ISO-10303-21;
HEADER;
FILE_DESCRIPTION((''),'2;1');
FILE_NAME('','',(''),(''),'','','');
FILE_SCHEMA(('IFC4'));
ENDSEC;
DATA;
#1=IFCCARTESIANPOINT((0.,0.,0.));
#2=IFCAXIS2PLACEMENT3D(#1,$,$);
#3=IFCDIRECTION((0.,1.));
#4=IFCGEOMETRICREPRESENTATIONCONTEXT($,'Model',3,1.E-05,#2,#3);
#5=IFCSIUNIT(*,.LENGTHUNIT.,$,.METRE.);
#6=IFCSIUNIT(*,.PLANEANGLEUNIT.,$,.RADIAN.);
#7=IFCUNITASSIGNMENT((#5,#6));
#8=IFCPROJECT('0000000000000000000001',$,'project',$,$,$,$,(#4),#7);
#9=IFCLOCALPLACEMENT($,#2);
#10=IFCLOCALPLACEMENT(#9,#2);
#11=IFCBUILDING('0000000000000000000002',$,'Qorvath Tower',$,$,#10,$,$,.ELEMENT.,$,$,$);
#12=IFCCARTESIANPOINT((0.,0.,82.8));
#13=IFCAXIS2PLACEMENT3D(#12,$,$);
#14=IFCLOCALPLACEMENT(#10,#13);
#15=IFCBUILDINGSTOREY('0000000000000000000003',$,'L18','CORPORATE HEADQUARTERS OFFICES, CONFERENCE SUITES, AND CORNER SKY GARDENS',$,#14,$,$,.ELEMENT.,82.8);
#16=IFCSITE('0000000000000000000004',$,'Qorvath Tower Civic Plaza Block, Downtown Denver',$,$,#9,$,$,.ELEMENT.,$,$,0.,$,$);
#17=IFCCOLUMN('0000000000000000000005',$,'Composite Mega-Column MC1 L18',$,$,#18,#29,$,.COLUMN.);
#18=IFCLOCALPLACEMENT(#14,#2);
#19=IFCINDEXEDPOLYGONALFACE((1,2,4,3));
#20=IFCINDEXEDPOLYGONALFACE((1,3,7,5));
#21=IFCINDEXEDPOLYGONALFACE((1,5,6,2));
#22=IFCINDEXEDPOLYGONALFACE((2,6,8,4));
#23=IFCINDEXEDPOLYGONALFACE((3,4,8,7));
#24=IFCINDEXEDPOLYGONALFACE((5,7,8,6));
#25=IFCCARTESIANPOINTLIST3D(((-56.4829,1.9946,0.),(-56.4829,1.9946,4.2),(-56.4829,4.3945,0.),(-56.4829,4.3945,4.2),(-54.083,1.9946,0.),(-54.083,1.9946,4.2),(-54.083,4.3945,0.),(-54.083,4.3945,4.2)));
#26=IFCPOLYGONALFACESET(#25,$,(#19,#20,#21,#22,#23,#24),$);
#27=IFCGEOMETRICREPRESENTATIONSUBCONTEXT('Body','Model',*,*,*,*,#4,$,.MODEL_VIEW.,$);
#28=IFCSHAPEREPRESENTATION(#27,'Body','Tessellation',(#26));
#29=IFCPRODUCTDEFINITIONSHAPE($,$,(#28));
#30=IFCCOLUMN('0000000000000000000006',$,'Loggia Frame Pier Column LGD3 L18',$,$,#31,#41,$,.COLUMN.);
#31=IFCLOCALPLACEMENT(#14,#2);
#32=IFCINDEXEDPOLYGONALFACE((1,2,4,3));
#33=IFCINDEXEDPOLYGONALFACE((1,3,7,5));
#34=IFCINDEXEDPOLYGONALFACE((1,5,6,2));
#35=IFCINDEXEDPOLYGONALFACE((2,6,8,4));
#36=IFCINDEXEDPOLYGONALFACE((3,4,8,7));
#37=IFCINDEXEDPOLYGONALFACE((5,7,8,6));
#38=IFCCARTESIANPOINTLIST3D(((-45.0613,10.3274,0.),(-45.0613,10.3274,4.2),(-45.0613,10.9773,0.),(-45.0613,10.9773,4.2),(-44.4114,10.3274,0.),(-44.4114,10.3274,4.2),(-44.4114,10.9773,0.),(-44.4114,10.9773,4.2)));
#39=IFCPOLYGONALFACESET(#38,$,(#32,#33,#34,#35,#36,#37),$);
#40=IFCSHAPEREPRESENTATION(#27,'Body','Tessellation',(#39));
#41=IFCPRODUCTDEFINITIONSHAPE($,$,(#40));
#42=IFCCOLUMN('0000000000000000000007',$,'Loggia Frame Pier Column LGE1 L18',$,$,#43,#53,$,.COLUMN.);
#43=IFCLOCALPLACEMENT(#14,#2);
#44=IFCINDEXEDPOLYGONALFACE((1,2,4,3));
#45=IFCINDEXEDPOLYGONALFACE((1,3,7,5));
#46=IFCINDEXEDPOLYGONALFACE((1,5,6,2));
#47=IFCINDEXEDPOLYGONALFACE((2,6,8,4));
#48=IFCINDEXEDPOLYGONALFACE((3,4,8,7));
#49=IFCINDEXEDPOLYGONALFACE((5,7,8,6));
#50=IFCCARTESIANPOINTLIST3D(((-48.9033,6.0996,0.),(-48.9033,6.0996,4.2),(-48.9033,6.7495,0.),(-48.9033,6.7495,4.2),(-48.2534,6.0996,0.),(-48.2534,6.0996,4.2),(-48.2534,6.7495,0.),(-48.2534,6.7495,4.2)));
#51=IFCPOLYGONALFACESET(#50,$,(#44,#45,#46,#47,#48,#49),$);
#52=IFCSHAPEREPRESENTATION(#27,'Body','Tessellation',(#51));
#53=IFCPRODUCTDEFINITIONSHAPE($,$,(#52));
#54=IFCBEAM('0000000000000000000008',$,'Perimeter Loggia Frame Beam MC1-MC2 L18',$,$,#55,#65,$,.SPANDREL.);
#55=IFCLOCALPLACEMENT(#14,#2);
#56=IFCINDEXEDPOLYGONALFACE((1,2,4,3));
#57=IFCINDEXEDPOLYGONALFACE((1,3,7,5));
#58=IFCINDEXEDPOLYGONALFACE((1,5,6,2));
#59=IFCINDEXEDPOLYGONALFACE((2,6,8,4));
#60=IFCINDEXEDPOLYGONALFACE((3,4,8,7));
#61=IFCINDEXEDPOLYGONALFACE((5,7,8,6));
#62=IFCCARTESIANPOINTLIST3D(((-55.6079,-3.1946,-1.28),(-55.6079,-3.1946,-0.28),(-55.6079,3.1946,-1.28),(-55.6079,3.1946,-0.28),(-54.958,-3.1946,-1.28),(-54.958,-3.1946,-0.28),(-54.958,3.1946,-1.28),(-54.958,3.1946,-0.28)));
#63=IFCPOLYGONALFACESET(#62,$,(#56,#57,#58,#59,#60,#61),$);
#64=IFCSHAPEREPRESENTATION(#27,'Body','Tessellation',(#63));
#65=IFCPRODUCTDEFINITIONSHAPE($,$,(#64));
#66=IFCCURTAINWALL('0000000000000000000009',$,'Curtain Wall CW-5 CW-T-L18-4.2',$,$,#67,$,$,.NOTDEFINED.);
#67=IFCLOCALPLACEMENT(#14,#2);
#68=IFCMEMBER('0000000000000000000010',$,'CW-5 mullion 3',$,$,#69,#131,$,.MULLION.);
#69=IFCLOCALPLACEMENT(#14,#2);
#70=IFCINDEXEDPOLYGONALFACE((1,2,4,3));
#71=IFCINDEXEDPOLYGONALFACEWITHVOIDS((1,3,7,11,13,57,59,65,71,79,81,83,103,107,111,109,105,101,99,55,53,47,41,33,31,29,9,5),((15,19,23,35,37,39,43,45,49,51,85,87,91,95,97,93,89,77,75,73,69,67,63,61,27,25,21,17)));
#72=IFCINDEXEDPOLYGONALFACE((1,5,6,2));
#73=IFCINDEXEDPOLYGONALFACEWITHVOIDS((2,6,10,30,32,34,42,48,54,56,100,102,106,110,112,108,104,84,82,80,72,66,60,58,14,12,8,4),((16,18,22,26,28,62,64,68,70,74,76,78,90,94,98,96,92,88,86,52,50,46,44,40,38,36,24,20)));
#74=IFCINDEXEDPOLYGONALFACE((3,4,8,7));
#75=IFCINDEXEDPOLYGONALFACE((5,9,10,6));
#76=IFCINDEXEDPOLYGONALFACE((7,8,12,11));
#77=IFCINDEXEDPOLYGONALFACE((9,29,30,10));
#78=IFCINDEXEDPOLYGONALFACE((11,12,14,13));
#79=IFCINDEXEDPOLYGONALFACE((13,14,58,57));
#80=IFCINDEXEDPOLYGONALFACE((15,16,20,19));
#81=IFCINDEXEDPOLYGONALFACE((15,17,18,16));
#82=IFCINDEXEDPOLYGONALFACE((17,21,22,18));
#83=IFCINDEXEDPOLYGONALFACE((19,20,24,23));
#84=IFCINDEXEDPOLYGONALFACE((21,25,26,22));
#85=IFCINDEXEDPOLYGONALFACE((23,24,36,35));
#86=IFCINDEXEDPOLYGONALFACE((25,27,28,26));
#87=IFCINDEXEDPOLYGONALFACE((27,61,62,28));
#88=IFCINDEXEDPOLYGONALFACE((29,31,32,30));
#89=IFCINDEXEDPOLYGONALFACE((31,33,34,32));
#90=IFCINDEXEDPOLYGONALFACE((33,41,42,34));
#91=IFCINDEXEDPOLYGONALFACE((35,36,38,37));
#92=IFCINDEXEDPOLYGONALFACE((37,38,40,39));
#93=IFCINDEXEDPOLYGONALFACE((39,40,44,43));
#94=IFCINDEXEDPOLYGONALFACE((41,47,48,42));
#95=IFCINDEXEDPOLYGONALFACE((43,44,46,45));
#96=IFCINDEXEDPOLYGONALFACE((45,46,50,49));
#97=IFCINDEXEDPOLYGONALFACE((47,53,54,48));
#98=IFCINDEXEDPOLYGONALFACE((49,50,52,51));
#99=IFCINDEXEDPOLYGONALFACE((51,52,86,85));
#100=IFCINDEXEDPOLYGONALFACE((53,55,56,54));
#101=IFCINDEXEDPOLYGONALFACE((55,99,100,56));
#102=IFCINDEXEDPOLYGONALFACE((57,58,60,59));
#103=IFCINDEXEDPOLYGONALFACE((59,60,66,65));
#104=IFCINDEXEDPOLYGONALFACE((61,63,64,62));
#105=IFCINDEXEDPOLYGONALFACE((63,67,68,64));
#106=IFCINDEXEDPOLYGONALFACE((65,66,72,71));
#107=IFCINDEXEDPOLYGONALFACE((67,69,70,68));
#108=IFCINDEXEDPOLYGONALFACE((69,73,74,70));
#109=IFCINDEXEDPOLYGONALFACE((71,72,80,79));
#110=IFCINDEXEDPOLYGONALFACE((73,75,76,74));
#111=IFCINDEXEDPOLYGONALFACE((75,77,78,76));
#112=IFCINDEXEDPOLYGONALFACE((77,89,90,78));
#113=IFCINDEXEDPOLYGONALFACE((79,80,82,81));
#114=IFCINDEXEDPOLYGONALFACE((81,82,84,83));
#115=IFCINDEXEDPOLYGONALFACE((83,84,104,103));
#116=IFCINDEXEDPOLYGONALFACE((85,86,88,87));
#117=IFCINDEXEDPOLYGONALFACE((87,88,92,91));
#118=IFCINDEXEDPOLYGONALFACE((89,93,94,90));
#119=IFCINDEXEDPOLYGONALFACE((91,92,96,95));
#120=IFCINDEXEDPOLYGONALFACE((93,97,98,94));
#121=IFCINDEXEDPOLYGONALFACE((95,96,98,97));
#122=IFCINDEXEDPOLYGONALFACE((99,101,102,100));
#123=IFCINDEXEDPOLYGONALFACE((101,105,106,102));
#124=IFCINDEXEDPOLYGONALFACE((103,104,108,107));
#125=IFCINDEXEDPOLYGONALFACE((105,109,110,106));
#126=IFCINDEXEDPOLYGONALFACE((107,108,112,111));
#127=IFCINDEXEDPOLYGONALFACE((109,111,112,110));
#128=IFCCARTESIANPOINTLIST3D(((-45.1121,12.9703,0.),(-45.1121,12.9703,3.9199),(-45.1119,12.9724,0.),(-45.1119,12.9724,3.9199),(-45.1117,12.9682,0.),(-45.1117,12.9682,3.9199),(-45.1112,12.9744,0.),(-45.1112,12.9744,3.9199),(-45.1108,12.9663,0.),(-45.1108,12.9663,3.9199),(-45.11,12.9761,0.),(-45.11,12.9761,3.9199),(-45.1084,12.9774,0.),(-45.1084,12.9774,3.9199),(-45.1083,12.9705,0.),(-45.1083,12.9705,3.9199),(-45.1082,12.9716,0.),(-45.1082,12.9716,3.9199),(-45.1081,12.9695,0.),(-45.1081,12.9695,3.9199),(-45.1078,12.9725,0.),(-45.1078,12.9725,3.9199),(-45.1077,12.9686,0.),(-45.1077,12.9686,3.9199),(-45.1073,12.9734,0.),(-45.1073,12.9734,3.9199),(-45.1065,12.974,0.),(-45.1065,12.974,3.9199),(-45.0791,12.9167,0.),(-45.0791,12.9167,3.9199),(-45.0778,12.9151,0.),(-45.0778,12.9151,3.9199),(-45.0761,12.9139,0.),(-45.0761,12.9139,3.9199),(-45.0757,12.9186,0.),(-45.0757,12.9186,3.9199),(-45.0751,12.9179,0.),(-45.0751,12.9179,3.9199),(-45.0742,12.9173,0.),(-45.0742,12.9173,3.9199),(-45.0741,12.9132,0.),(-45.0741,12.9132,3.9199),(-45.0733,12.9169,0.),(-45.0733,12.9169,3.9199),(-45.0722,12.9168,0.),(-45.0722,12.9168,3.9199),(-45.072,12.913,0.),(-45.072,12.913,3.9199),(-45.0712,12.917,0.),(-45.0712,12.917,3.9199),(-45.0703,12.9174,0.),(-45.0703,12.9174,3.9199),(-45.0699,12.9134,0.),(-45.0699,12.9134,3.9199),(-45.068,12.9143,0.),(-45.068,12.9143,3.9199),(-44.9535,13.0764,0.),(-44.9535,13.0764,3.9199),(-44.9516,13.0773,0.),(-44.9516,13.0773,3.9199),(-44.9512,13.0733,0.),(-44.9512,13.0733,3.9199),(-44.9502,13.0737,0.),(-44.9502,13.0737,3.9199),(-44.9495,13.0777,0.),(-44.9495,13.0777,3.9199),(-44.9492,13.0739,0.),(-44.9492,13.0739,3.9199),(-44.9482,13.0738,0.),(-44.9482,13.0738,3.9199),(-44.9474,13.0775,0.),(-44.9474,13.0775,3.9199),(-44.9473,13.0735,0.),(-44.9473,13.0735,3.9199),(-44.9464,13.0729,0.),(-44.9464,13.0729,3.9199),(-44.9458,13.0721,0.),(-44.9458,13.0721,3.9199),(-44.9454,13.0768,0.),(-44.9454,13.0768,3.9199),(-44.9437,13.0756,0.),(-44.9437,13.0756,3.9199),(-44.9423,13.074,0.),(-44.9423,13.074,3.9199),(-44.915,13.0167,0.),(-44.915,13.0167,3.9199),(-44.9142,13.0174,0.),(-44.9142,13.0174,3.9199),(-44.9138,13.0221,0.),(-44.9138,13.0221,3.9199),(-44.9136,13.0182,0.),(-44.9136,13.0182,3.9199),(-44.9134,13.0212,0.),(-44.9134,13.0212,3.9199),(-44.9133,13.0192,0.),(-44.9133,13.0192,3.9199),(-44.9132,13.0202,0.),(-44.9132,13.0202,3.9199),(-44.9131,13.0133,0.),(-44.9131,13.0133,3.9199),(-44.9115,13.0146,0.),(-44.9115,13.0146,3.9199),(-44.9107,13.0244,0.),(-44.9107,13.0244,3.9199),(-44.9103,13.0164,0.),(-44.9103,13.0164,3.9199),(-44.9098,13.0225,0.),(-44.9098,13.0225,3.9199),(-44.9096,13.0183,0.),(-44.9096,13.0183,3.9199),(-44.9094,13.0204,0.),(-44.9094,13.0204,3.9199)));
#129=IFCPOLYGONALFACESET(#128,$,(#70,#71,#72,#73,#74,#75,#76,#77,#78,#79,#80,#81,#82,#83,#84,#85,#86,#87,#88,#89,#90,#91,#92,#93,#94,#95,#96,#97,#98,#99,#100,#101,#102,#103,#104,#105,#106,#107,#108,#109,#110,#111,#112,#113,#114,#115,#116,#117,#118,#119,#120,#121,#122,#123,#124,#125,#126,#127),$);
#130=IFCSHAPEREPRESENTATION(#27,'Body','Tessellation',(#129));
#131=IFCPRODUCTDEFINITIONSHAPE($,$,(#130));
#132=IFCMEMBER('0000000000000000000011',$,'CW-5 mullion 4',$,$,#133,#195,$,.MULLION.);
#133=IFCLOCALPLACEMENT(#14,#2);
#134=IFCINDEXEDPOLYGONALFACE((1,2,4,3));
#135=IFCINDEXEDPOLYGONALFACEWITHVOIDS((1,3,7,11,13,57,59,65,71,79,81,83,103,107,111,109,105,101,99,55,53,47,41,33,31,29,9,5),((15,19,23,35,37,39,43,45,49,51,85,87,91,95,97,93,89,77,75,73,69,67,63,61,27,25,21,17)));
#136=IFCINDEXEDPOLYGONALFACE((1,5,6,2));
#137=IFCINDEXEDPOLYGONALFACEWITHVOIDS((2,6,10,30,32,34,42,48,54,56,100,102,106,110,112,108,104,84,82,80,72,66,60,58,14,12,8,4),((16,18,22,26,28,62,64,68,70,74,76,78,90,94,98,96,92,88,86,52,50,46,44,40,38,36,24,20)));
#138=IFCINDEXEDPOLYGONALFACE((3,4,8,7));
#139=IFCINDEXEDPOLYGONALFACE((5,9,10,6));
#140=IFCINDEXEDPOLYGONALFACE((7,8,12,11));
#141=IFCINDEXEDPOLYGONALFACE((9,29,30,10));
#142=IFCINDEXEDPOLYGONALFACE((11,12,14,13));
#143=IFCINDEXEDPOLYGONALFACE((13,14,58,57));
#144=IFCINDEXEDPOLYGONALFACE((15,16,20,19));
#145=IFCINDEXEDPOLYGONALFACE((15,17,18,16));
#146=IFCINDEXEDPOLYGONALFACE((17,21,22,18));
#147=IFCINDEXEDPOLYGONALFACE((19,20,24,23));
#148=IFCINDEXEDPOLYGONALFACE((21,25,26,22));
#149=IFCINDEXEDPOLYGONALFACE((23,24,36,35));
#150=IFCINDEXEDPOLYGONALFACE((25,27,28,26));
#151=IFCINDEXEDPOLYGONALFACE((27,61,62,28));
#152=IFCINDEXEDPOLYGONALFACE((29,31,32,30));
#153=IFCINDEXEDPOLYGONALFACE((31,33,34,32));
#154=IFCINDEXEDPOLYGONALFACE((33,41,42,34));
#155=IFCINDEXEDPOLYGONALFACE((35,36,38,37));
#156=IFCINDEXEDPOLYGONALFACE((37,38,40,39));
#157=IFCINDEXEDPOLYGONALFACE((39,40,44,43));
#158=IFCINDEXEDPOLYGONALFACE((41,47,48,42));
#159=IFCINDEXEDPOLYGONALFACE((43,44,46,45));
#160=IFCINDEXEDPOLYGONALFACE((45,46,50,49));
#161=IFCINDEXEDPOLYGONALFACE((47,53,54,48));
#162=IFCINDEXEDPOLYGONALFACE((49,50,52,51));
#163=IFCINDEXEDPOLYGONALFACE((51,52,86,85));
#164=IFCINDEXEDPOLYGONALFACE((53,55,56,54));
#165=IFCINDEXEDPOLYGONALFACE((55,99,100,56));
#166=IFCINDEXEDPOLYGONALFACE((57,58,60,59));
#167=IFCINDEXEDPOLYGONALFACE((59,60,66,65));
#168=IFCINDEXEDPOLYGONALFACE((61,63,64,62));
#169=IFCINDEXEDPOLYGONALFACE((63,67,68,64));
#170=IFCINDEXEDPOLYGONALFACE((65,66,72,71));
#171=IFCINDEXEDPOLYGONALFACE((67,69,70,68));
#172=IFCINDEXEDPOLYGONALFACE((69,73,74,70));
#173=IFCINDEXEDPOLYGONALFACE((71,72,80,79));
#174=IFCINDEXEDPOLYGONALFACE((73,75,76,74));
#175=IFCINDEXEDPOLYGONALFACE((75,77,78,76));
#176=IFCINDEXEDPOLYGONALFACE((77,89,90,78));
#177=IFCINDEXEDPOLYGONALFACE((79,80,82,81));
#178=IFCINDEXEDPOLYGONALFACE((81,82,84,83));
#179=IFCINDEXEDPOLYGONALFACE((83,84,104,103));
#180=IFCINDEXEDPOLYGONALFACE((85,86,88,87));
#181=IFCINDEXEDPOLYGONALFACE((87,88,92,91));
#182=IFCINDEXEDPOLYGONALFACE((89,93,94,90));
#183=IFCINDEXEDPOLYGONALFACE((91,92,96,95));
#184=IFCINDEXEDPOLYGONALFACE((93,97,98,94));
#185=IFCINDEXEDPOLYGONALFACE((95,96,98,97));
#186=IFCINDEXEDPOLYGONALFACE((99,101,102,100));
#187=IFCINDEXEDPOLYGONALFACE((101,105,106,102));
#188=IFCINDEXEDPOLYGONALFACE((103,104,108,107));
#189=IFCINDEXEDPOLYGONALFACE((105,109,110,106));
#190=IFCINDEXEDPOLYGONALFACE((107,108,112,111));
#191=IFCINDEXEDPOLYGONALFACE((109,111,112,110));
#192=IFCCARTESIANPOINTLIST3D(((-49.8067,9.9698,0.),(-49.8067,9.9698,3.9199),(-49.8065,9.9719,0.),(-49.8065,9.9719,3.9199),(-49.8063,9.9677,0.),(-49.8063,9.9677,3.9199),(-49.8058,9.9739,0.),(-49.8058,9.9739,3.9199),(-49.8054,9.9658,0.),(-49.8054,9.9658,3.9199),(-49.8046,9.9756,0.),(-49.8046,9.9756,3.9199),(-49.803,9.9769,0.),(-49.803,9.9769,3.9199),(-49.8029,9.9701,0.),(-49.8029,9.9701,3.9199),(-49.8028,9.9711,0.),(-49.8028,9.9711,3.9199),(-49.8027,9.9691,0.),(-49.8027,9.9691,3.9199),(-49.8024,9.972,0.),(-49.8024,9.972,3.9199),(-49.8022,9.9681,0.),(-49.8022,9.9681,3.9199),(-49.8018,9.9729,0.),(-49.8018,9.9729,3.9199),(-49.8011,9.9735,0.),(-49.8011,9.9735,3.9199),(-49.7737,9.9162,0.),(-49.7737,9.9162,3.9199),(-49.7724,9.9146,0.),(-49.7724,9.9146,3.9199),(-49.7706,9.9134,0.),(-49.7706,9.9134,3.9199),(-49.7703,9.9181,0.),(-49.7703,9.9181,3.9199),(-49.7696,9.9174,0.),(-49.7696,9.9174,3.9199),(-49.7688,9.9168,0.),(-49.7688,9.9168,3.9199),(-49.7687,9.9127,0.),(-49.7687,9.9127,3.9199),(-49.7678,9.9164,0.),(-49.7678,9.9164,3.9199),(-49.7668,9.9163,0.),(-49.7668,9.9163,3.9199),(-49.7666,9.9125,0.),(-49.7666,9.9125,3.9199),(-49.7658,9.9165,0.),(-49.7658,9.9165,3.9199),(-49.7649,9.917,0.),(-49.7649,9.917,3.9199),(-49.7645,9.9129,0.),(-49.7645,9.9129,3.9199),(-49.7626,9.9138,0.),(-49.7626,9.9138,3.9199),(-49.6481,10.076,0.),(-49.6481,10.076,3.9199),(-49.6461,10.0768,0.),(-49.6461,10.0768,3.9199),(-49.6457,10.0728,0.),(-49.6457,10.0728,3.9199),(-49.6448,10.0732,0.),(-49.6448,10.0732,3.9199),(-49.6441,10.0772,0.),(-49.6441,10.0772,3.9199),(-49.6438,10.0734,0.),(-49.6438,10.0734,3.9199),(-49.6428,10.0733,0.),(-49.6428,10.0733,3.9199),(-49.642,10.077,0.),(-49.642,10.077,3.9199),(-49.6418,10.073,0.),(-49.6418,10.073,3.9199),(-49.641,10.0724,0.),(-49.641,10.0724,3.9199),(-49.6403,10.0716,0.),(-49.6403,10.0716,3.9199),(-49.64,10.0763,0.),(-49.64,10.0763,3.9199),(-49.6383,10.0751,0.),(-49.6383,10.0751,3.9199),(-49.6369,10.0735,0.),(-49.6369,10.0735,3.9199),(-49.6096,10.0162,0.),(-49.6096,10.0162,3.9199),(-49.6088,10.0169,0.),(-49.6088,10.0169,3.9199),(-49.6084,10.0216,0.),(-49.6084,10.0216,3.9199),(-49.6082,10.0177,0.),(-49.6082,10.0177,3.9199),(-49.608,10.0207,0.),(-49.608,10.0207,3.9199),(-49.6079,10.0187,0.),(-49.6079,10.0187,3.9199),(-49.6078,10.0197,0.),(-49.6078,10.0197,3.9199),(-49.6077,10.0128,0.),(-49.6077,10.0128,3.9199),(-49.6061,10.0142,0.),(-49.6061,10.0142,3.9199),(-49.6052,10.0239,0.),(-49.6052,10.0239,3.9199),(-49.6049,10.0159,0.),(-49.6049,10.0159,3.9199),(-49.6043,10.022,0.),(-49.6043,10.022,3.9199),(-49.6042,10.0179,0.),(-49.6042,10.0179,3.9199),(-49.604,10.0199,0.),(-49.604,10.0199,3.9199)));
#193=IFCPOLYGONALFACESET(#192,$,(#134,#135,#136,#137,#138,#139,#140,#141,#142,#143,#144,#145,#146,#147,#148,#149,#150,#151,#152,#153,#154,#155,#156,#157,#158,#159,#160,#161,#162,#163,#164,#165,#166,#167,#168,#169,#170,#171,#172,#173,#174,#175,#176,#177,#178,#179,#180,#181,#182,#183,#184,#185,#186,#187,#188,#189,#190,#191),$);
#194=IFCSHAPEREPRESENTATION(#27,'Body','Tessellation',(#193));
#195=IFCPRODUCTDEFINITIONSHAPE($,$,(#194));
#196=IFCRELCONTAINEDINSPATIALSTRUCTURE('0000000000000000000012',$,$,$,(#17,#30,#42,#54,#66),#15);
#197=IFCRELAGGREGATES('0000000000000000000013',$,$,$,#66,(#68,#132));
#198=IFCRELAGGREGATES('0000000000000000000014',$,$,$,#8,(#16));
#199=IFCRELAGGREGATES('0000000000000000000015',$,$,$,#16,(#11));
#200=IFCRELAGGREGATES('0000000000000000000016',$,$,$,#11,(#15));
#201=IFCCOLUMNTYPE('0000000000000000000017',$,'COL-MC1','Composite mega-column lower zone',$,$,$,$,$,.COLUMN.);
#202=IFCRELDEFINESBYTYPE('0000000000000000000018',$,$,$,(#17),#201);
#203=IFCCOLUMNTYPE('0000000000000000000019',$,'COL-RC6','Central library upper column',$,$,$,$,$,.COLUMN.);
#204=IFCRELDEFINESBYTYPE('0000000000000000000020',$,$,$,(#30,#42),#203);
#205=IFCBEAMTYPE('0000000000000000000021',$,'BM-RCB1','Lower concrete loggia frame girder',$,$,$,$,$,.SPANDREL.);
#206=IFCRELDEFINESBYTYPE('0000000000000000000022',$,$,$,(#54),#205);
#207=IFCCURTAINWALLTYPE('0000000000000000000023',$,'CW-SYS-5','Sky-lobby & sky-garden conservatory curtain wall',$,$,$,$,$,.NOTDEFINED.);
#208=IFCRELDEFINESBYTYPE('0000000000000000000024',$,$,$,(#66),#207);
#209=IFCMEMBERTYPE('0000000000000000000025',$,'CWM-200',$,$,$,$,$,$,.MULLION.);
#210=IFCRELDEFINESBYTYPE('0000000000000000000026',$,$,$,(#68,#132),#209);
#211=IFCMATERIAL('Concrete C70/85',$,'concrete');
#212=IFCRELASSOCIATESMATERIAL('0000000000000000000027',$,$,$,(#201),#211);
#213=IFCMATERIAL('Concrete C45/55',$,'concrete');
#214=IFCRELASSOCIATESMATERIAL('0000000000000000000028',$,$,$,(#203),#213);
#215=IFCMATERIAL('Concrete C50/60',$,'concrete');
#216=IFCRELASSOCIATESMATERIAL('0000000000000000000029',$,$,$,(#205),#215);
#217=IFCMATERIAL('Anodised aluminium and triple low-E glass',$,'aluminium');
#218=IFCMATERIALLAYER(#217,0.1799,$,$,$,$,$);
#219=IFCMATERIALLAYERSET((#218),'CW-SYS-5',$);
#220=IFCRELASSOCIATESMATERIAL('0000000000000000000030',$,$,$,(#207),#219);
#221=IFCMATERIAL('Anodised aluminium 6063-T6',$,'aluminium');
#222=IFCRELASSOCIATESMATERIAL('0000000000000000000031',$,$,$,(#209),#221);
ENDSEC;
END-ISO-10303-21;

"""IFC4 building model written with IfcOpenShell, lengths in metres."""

from ifc_helpers import new_model, si_unit, direction, frame, origin, origin_2d, place, context, subcontext, project, spatial, rectangle, hollow_rectangle, extrude, material, layer, layer_set, material_profile, profile_set, type_object, element, aggregate, save


model = new_model("IFC4")

# Units and contexts
model_context = context("Model", 3, precision=1e-05, world=origin(), true_north=direction((0.0, 1.0)))
body_context = subcontext(model_context, "Body", "Model", "MODEL_VIEW")
ifc_project = project(units=[si_unit("LENGTHUNIT", "METRE"), si_unit("PLANEANGLEUNIT", "RADIAN")], contexts=[model_context])

# Site, building, storey
site_placement = place(None, origin())
site = spatial("IfcSite", under=ifc_project, at=site_placement, Name="Qorvath Tower Civic Plaza Block, Downtown Denver", CompositionType="ELEMENT", RefElevation=0.0)
building_placement = place(site_placement, origin())
building = spatial("IfcBuilding", under=site, at=building_placement, Name="Qorvath Tower", CompositionType="ELEMENT")
storey_placement = place(building_placement, frame((0.0, 0.0, 82.8)))
storey = spatial("IfcBuildingStorey", under=building, at=storey_placement, Name="L18", Description="CORPORATE HEADQUARTERS OFFICES, CONFERENCE SUITES, AND CORNER SKY GARDENS", CompositionType="ELEMENT", Elevation=82.8)

# Columns
ifc_material_1 = material(Name="Concrete C70/85", Category="concrete")
ifc_material_profile_1 = material_profile(ifc_material_1, rectangle(XDim=2.3999, YDim=2.3999, at=origin_2d()), Name="MC 2400x2400")
ifc_profile_set_1 = profile_set([ifc_material_profile_1], Name="Concrete C70/85")
column_type_1 = type_object("IfcColumnType", Name="COL-MC1", Description="Composite mega-column lower zone", PredefinedType="COLUMN", material=ifc_profile_set_1)
column_placement = place(storey_placement, frame((-55.283, 3.1946, 0.0), z_axis=(0.0, 0.0, 1.0), x_axis=(1.0, 0.0, 0.0)))
element("IfcColumn", 1, at=column_placement, inside=storey, type_object=column_type_1, Name="Composite Mega-Column MC1 L18", PredefinedType="COLUMN", context=body_context, shape_type="SweptSolid", body=[
    extrude(rectangle(XDim=2.3999, YDim=2.3999, at=origin_2d()), origin(), (0.0, 0.0, 1.0), 4.2),
])
ifc_material_2 = material(Name="Concrete C45/55", Category="concrete")
ifc_material_profile_2 = material_profile(ifc_material_2, rectangle(XDim=0.6499, YDim=0.6499, at=origin_2d()), Name="RC 650x650")
ifc_profile_set_2 = profile_set([ifc_material_profile_2], Name="Concrete C45/55")
column_type_2 = type_object("IfcColumnType", Name="COL-RC6", Description="Central library upper column", PredefinedType="COLUMN", material=ifc_profile_set_2)
for number, where, z_axis, x_axis, name in (
    (2, (-44.7363, 10.6523, 0.0), (0.0, 0.0, 1.0), (1.0, 0.0, 0.0), "Loggia Frame Pier Column LGD3 L18"),
    (3, (-48.5784, 6.4246, 0.0), (0.0, 0.0, 1.0), (1.0, 0.0, 0.0), "Loggia Frame Pier Column LGE1 L18"),
):
    element("IfcColumn", number, at=place(storey_placement, frame(where, z_axis=z_axis, x_axis=x_axis)), inside=storey, type_object=column_type_2, Name=name, PredefinedType="COLUMN", context=body_context, shape_type="SweptSolid", body=[
        extrude(rectangle(XDim=0.6499, YDim=0.6499, at=origin_2d()), origin(), (0.0, 0.0, 1.0), 4.2),
    ])

# Beam
ifc_material_3 = material(Name="Concrete C50/60", Category="concrete")
ifc_material_profile_3 = material_profile(ifc_material_3, rectangle(XDim=0.6499, YDim=1.0, at=origin_2d()), Name="RCB 1000x650")
ifc_profile_set_3 = profile_set([ifc_material_profile_3], Name="Concrete C50/60")
beam_type = type_object("IfcBeamType", Name="BM-RCB1", Description="Lower concrete loggia frame girder", PredefinedType="SPANDREL", material=ifc_profile_set_3)
beam_placement = place(storey_placement, frame((-55.283, 3.1946, -0.78), z_axis=(0.0, -1.0, 0.0), x_axis=(1.0, 0.0, 0.0)))
element("IfcBeam", 4, at=beam_placement, inside=storey, type_object=beam_type, Name="Perimeter Loggia Frame Beam MC1-MC2 L18", PredefinedType="SPANDREL", context=body_context, shape_type="SweptSolid", body=[
    extrude(rectangle(XDim=0.6499, YDim=1.0, at=origin_2d()), origin(), (0.0, 0.0, 1.0), 6.3892),
])

# Curtain wall, members
ifc_material_4 = material(Name="Anodised aluminium and triple low-E glass", Category="aluminium")
ifc_layer_1 = layer(ifc_material_4, 0.1799)
ifc_layer_set_1 = layer_set([ifc_layer_1], Name="CW-SYS-5")
curtain_wall_type = type_object("IfcCurtainWallType", Name="CW-SYS-5", Description="Sky-lobby & sky-garden conservatory curtain wall", PredefinedType="NOTDEFINED", material=ifc_layer_set_1)
curtain_wall_1_placement = place(storey_placement, origin())
curtain_wall_1 = element("IfcCurtainWall", 5, at=curtain_wall_1_placement, inside=storey, type_object=curtain_wall_type, Name="Curtain Wall CW-5 CW-T-L18-4.2", PredefinedType="NOTDEFINED")
ifc_material_5 = material(Name="Anodised aluminium 6063-T6", Category="aluminium")
ifc_material_profile_4 = material_profile(ifc_material_5, hollow_rectangle(XDim=0.075, YDim=0.2, WallThickness=0.0039, InnerFilletRadius=0.0039, OuterFilletRadius=0.0081, at=origin_2d()), Name="CWM 200x75")
ifc_profile_set_4 = profile_set([ifc_material_profile_4], Name="Anodised aluminium 6063-T6")
member_type_1 = type_object("IfcMemberType", Name="CWM-200", PredefinedType="MULLION", material=ifc_profile_set_4)
member_1_placement = place(storey_placement, frame((-45.0107, 12.9954, 0.0), z_axis=(0.0, 0.0, 1.0), x_axis=(0.538533, -0.842605, 0.0)))
member_1 = element("IfcMember", 6, at=member_1_placement, type_object=member_type_1, Name="CW-5 mullion 3", PredefinedType="MULLION", context=body_context, shape_type="SweptSolid", body=[
    extrude(hollow_rectangle(XDim=0.075, YDim=0.2, WallThickness=0.0039, InnerFilletRadius=0.0039, OuterFilletRadius=0.0081, at=origin_2d()), origin(), (0.0, 0.0, 1.0), 3.9199),
])
member_2_placement = place(storey_placement, frame((-49.7053, 9.9949, 0.0), z_axis=(0.0, 0.0, 1.0), x_axis=(0.538533, -0.842605, 0.0)))
member_2 = element("IfcMember", 7, at=member_2_placement, type_object=member_type_1, Name="CW-5 mullion 4", PredefinedType="MULLION", context=body_context, shape_type="SweptSolid", body=[
    extrude(hollow_rectangle(XDim=0.075, YDim=0.2, WallThickness=0.0039, InnerFilletRadius=0.0039, OuterFilletRadius=0.0081, at=origin_2d()), origin(), (0.0, 0.0, 1.0), 3.9199),
])

aggregate(curtain_wall_1, [member_1, member_2])

save(model, "model.ifc")
